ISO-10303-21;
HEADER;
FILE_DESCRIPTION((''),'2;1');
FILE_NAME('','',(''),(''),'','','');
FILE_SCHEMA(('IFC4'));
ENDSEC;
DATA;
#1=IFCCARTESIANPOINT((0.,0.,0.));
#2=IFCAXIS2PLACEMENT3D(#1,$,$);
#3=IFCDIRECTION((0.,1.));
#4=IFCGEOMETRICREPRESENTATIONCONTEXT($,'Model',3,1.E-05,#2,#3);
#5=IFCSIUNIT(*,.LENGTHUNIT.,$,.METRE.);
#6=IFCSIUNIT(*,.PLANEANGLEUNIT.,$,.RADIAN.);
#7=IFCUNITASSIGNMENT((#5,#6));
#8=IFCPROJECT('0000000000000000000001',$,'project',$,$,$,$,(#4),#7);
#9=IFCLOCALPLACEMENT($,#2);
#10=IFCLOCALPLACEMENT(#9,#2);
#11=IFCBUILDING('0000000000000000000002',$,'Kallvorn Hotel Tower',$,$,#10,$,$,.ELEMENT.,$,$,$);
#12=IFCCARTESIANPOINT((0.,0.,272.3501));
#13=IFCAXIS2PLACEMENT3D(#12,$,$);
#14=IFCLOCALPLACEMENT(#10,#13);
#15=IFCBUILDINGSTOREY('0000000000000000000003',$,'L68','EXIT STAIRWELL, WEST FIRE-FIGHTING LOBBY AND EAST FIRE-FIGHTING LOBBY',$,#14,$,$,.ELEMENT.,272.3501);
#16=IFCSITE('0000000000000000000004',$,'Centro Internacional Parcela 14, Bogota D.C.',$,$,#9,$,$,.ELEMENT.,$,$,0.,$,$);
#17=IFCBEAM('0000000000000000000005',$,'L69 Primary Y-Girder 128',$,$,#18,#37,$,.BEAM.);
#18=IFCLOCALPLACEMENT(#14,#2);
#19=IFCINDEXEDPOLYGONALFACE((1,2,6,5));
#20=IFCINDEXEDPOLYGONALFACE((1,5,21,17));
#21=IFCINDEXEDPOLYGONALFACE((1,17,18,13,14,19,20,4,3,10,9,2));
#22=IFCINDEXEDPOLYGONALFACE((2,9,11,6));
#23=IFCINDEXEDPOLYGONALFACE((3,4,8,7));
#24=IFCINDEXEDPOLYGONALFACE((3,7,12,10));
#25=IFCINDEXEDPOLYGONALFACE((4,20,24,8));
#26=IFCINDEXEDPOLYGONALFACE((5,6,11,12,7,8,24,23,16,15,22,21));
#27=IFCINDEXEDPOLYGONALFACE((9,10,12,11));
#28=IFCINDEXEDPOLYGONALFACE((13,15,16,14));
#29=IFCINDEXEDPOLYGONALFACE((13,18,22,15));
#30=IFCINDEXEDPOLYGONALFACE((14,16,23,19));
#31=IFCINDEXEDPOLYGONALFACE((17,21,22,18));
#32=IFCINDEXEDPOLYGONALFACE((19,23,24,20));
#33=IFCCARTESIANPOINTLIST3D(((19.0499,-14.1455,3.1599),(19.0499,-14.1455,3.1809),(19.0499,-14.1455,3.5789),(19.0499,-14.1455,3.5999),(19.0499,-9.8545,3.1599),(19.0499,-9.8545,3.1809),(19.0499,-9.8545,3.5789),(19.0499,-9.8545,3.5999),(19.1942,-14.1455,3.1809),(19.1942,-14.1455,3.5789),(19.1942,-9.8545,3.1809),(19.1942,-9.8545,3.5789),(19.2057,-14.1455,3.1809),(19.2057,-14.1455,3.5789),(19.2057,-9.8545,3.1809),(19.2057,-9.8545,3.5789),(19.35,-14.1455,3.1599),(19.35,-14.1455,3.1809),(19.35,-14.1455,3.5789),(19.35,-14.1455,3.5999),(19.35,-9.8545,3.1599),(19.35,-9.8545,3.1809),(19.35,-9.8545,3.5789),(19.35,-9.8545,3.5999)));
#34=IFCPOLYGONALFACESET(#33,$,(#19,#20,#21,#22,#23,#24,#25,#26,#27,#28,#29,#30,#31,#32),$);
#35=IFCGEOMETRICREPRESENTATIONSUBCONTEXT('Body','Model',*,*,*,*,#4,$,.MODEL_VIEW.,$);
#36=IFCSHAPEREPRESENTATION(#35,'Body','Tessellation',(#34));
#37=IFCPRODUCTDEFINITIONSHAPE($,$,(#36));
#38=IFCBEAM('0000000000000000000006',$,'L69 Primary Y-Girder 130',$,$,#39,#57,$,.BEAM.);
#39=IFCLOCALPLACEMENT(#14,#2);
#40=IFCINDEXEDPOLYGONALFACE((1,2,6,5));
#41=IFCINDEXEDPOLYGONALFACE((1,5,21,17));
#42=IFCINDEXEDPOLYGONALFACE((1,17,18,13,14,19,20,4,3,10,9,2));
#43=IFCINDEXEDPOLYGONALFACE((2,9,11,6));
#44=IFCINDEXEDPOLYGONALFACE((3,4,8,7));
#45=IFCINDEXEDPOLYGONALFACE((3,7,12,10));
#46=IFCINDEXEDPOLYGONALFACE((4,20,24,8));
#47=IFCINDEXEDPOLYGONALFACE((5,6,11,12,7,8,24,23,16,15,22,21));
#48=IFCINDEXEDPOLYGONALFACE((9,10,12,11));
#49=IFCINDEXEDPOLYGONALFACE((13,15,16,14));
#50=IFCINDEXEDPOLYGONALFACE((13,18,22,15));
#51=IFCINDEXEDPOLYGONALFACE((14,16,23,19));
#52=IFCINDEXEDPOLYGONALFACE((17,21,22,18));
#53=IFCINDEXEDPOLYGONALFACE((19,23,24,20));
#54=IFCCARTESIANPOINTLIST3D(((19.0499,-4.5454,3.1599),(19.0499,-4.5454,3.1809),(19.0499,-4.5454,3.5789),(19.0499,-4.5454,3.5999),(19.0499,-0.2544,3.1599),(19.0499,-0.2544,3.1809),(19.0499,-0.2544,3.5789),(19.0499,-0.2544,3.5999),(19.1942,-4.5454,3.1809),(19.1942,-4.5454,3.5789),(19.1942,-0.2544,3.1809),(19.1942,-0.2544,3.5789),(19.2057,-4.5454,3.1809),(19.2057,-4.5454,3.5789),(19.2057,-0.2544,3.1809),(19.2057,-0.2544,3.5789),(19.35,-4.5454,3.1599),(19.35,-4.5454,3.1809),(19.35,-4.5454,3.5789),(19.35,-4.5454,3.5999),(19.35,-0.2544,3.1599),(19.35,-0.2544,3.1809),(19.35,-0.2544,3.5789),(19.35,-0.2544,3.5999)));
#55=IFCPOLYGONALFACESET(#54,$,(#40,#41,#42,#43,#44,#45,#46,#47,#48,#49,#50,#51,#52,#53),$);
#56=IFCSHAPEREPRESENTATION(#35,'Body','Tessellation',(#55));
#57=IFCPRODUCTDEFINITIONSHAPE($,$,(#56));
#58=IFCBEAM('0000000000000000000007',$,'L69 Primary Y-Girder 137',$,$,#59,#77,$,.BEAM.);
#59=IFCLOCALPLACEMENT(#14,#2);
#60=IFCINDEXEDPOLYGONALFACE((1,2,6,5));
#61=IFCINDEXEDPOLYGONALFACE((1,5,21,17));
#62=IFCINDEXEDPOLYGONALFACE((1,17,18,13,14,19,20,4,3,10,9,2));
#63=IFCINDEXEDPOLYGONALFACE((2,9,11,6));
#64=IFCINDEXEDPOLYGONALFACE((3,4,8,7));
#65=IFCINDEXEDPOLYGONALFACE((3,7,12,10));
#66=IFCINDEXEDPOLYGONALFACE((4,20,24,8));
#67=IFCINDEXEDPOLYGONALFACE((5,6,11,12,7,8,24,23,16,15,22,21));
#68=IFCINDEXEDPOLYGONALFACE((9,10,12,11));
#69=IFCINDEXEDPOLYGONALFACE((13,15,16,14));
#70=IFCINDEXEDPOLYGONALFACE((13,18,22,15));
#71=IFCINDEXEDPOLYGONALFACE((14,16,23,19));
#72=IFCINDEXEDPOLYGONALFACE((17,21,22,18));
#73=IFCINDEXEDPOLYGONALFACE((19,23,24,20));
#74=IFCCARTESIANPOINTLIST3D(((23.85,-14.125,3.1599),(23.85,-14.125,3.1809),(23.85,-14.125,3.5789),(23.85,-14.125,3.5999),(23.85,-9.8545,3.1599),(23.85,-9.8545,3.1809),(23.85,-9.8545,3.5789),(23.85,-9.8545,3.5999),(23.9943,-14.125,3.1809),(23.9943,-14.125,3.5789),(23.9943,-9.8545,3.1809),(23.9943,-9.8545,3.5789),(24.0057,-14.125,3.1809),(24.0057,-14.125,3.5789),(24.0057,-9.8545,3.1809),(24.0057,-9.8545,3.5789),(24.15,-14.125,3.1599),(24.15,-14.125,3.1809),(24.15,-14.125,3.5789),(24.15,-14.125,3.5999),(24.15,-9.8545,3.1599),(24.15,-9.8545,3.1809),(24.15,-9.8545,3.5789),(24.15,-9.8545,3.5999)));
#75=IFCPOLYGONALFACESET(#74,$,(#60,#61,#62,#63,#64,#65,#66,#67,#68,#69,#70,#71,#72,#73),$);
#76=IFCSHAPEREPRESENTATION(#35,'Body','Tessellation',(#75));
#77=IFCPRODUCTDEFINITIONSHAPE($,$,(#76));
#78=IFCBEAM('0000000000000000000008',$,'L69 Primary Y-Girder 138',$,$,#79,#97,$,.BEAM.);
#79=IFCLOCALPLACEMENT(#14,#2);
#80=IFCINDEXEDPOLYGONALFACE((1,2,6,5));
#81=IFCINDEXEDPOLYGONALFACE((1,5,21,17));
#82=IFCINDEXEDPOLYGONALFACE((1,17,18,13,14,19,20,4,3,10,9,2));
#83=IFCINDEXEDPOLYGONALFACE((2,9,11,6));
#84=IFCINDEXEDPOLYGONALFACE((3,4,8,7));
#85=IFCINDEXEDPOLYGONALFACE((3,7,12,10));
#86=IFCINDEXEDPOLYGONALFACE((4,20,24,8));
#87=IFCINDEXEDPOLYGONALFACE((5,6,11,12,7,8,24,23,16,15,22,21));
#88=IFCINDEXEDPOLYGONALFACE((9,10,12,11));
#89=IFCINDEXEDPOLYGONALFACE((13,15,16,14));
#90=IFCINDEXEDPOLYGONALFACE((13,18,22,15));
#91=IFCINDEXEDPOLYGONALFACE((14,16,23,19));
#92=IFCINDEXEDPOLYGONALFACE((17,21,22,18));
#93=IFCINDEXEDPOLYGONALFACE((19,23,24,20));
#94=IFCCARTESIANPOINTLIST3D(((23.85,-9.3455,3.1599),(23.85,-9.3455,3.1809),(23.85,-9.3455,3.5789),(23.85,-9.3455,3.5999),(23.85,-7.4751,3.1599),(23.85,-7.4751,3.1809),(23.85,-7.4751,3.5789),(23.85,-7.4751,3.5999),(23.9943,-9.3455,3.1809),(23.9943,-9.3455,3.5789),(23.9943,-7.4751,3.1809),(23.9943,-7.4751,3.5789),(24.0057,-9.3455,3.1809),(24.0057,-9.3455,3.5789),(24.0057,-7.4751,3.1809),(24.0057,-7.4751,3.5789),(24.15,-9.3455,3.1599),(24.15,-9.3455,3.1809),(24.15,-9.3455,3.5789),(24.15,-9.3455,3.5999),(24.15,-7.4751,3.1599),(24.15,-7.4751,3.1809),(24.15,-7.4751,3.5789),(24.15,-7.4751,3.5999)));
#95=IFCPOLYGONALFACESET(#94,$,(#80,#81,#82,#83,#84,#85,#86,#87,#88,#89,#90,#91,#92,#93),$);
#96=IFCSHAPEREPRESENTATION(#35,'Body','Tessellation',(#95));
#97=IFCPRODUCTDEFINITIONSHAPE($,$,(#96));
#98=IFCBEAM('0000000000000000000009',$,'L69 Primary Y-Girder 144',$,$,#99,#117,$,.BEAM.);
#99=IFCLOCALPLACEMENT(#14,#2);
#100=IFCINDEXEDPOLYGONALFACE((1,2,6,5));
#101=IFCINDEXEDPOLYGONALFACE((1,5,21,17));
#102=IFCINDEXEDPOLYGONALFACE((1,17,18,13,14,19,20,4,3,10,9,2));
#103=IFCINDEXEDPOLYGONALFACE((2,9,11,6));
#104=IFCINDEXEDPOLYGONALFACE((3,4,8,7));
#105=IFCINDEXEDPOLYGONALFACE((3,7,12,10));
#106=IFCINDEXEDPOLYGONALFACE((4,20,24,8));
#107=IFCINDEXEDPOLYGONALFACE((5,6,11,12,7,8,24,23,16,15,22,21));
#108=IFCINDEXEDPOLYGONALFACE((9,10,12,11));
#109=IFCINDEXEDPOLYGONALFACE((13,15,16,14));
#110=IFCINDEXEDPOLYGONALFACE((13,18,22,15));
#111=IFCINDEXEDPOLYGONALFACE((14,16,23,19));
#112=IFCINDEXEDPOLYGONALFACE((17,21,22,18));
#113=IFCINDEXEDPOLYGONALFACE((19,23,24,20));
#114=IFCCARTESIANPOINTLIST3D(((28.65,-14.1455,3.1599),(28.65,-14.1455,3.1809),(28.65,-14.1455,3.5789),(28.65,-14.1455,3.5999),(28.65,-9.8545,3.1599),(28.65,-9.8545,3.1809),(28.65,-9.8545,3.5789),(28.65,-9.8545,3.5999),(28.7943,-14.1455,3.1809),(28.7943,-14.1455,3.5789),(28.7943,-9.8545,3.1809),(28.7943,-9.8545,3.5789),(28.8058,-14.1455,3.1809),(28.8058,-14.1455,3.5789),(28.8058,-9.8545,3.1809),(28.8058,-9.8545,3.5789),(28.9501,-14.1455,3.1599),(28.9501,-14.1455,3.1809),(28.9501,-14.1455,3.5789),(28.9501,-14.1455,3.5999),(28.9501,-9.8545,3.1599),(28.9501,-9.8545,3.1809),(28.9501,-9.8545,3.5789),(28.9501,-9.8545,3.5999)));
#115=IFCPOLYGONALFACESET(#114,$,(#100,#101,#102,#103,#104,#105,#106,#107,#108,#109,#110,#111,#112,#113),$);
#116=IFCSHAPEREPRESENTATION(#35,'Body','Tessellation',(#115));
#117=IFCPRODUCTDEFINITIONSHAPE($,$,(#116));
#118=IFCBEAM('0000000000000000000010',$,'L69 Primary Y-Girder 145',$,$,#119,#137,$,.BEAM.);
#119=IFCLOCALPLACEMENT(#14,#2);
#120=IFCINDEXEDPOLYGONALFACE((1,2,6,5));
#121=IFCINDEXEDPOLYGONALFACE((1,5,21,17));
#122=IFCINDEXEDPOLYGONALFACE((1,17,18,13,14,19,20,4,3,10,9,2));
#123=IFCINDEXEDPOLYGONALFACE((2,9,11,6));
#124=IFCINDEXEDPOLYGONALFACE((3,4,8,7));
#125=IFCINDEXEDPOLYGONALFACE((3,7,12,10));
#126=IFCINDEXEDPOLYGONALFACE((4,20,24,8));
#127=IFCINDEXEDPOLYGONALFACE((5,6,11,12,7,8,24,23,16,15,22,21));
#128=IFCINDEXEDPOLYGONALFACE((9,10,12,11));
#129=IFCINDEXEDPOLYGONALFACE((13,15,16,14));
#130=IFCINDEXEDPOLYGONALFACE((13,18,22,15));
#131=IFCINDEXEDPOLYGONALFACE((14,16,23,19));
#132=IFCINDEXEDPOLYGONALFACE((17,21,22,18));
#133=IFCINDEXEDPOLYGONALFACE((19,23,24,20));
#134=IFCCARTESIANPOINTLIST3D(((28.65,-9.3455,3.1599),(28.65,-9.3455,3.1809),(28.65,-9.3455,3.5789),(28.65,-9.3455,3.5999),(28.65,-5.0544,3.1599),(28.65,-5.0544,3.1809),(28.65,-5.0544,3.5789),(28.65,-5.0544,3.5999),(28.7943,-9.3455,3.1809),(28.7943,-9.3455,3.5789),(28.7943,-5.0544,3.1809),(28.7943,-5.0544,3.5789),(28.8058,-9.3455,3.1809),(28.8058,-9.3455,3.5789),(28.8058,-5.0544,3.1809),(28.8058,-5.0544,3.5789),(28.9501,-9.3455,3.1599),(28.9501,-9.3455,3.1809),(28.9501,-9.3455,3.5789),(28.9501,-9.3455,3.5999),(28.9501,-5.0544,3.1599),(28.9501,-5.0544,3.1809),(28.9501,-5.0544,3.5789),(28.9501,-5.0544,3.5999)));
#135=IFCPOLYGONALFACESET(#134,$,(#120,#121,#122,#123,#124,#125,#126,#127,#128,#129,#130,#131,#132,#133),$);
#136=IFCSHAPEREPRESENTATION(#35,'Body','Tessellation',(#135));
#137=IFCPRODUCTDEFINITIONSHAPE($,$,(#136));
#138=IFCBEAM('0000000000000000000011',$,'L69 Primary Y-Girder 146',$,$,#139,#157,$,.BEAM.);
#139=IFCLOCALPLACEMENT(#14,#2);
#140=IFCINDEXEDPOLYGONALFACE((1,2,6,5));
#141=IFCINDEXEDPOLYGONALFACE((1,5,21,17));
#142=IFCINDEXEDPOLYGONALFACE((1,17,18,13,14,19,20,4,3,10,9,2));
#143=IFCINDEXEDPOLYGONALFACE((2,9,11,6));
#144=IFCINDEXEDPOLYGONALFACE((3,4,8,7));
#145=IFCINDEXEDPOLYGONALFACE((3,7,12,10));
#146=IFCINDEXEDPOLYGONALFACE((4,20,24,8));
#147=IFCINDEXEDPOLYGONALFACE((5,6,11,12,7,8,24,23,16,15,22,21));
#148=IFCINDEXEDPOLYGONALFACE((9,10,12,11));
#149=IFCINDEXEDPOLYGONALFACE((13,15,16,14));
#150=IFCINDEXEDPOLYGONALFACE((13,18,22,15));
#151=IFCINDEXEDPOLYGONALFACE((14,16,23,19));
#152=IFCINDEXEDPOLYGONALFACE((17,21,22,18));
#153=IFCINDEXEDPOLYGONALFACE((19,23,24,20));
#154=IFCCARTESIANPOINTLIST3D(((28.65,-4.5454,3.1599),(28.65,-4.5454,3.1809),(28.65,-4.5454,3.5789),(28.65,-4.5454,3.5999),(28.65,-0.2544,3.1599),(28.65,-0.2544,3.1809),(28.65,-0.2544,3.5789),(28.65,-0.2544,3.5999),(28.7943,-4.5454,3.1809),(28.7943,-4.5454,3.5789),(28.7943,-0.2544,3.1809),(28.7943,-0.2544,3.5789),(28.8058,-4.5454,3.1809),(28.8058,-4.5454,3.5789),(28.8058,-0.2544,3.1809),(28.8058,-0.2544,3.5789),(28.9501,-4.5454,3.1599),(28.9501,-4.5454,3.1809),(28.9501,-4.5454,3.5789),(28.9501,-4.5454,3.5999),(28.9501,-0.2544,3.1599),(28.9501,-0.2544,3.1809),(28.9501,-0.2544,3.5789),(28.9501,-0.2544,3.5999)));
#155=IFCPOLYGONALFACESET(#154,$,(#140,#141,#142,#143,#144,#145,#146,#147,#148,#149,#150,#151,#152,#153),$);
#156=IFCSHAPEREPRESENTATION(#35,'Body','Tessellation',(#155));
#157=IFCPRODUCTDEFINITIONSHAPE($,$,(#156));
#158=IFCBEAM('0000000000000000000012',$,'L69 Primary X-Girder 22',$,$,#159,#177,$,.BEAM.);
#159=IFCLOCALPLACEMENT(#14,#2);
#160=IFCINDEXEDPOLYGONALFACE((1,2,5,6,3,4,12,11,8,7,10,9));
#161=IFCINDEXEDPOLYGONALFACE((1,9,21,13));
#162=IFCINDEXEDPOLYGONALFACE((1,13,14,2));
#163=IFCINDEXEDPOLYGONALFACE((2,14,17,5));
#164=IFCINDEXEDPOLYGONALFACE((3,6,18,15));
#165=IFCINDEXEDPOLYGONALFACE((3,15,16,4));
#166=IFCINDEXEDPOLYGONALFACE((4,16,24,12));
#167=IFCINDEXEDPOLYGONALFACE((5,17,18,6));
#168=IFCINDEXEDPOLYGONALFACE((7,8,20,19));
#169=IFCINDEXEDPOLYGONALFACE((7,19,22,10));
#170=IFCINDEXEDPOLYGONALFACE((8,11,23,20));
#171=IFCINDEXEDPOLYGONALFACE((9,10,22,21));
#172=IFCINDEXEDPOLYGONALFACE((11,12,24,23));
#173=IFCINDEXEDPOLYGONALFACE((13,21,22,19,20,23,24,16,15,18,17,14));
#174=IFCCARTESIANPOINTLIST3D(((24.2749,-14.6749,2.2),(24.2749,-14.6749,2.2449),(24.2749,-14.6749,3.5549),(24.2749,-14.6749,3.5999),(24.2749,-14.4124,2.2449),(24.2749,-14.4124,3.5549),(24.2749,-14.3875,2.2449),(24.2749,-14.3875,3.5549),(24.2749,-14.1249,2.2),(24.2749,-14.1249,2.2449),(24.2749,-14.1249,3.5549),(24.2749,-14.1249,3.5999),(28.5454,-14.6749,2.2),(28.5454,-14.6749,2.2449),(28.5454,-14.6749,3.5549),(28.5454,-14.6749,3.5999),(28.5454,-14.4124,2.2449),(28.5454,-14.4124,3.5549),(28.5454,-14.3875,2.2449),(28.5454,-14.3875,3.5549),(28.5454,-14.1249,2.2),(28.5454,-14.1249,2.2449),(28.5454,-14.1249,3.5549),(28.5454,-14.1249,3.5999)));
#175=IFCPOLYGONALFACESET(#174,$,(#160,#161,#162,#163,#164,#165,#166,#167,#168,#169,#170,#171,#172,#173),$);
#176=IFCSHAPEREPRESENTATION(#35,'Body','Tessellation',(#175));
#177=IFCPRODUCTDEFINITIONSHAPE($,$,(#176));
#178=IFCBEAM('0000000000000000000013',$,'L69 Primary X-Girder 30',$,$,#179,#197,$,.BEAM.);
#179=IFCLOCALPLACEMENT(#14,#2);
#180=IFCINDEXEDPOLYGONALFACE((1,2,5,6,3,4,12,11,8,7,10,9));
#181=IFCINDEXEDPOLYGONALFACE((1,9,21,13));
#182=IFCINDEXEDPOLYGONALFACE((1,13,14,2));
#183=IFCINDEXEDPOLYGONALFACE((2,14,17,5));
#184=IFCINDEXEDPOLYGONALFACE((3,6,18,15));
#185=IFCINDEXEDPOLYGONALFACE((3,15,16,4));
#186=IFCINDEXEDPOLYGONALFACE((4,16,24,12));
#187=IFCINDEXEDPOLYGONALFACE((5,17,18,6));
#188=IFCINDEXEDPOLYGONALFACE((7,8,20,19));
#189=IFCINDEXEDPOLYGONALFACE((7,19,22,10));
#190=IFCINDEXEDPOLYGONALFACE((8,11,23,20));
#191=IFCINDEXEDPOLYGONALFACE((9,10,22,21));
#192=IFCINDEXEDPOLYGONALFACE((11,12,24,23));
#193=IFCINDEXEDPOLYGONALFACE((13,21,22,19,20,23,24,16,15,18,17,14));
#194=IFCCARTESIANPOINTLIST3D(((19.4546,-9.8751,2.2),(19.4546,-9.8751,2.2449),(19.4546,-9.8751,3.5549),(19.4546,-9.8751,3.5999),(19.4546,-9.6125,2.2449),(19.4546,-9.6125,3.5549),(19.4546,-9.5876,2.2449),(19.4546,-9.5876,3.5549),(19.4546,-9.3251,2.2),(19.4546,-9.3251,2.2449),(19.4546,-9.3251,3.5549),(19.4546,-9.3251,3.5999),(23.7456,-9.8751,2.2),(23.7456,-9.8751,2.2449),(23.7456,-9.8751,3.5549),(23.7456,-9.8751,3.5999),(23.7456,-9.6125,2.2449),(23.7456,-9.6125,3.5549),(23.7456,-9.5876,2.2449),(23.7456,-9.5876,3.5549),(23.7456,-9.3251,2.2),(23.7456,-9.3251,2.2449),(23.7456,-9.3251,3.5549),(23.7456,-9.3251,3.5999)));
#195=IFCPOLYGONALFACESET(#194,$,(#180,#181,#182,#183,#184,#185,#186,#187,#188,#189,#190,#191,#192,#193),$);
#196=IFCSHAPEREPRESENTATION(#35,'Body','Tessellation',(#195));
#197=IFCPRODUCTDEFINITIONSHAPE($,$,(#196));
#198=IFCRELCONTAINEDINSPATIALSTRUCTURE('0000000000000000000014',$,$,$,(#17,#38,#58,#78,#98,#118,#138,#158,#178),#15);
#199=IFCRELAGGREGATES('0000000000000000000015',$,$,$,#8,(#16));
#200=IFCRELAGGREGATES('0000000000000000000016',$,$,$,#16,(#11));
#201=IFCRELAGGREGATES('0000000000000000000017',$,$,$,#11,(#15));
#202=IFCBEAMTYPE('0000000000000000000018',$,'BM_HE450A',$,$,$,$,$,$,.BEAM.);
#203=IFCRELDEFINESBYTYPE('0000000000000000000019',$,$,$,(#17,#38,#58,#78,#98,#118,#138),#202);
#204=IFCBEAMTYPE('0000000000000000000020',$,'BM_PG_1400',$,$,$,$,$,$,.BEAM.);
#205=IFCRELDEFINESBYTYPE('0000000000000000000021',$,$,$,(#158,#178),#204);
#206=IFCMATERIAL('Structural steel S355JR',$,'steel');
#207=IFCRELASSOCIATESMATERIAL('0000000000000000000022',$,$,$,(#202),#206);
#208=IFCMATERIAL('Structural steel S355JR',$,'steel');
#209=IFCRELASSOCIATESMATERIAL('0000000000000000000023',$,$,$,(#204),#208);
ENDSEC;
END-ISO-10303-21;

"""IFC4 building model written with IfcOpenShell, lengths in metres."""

from ifc_helpers import new_model, si_unit, direction, frame, origin, origin_2d, place, context, subcontext, project, spatial, i_section, extrude, material, material_profile, profile_set, type_object, element, save


model = new_model("IFC4")

# Units and contexts
model_context = context("Model", 3, precision=1e-05, world=origin(), true_north=direction((0.0, 1.0)))
body_context = subcontext(model_context, "Body", "Model", "MODEL_VIEW")
ifc_project = project(units=[si_unit("LENGTHUNIT", "METRE"), si_unit("PLANEANGLEUNIT", "RADIAN")], contexts=[model_context])

# Site, building, storey
site_placement = place(None, origin())
site = spatial("IfcSite", under=ifc_project, at=site_placement, Name="Centro Internacional Parcela 14, Bogota D.C.", CompositionType="ELEMENT", RefElevation=0.0)
building_placement = place(site_placement, origin())
building = spatial("IfcBuilding", under=site, at=building_placement, Name="Kallvorn Hotel Tower", CompositionType="ELEMENT")
storey_placement = place(building_placement, frame((0.0, 0.0, 272.3501)))
storey = spatial("IfcBuildingStorey", under=building, at=storey_placement, Name="L68", Description="EXIT STAIRWELL, WEST FIRE-FIGHTING LOBBY AND EAST FIRE-FIGHTING LOBBY", CompositionType="ELEMENT", Elevation=272.3501)

# Beams
ifc_material_1 = material(Name="Structural steel S355JR", Category="steel")
ifc_material_profile_1 = material_profile(ifc_material_1, i_section(OverallWidth=0.3, OverallDepth=0.4399, WebThickness=0.0115, FlangeThickness=0.021, at=origin_2d()), Name="HE 450 A")
ifc_profile_set_1 = profile_set([ifc_material_profile_1], Name="Structural steel S355JR")
beam_type_1 = type_object("IfcBeamType", Name="BM_HE450A", PredefinedType="BEAM", material=ifc_profile_set_1)
for number, where, z_axis, x_axis, name in (
    (1, (19.2, -14.1455, 3.3799), (0.0, 1.0, 0.0), (-1.0, 0.0, 0.0), "L69 Primary Y-Girder 128"),
    (2, (19.2, -4.5454, 3.3799), (0.0, 1.0, 0.0), (-1.0, 0.0, 0.0), "L69 Primary Y-Girder 130"),
):
    element("IfcBeam", number, at=place(storey_placement, frame(where, z_axis=z_axis, x_axis=x_axis)), inside=storey, type_object=beam_type_1, Name=name, PredefinedType="BEAM", context=body_context, shape_type="SweptSolid", body=[
        extrude(i_section(OverallWidth=0.3, OverallDepth=0.4399, WebThickness=0.0115, FlangeThickness=0.021, at=origin_2d()), origin(), (0.0, 0.0, 1.0), 4.291),
    ])
beam_1_placement = place(storey_placement, frame((24.0, -14.125, 3.3799), z_axis=(0.0, 1.0, 0.0), x_axis=(-1.0, 0.0, 0.0)))
element("IfcBeam", 3, at=beam_1_placement, inside=storey, type_object=beam_type_1, Name="L69 Primary Y-Girder 137", PredefinedType="BEAM", context=body_context, shape_type="SweptSolid", body=[
    extrude(i_section(OverallWidth=0.3, OverallDepth=0.4399, WebThickness=0.0115, FlangeThickness=0.021, at=origin_2d()), origin(), (0.0, 0.0, 1.0), 4.2705),
])
beam_2_placement = place(storey_placement, frame((24.0, -9.3455, 3.3799), z_axis=(0.0, 1.0, 0.0), x_axis=(-1.0, 0.0, 0.0)))
element("IfcBeam", 4, at=beam_2_placement, inside=storey, type_object=beam_type_1, Name="L69 Primary Y-Girder 138", PredefinedType="BEAM", context=body_context, shape_type="SweptSolid", body=[
    extrude(i_section(OverallWidth=0.3, OverallDepth=0.4399, WebThickness=0.0115, FlangeThickness=0.021, at=origin_2d()), origin(), (0.0, 0.0, 1.0), 1.8704),
])
for number, where, z_axis, x_axis, name in (
    (5, (28.8, -14.1455, 3.3799), (0.0, 1.0, 0.0), (-1.0, 0.0, 0.0), "L69 Primary Y-Girder 144"),
    (6, (28.8, -9.3455, 3.3799), (0.0, 1.0, 0.0), (-1.0, 0.0, 0.0), "L69 Primary Y-Girder 145"),
    (7, (28.8, -4.5454, 3.3799), (0.0, 1.0, 0.0), (-1.0, 0.0, 0.0), "L69 Primary Y-Girder 146"),
):
    element("IfcBeam", number, at=place(storey_placement, frame(where, z_axis=z_axis, x_axis=x_axis)), inside=storey, type_object=beam_type_1, Name=name, PredefinedType="BEAM", context=body_context, shape_type="SweptSolid", body=[
        extrude(i_section(OverallWidth=0.3, OverallDepth=0.4399, WebThickness=0.0115, FlangeThickness=0.021, at=origin_2d()), origin(), (0.0, 0.0, 1.0), 4.291),
    ])
ifc_material_2 = material(Name="Structural steel S355JR", Category="steel")
ifc_material_profile_2 = material_profile(ifc_material_2, i_section(OverallWidth=0.55, OverallDepth=1.3999, WebThickness=0.0249, FlangeThickness=0.0449, at=origin_2d()), Name="PG 1400x550x25x45")
ifc_profile_set_2 = profile_set([ifc_material_profile_2], Name="Structural steel S355JR")
beam_type_2 = type_object("IfcBeamType", Name="BM_PG_1400", PredefinedType="BEAM", material=ifc_profile_set_2)
beam_3_placement = place(storey_placement, frame((24.2749, -14.3999, 2.8999), z_axis=(1.0, 0.0, 0.0), x_axis=(0.0, 1.0, 0.0)))
element("IfcBeam", 8, at=beam_3_placement, inside=storey, type_object=beam_type_2, Name="L69 Primary X-Girder 22", PredefinedType="BEAM", context=body_context, shape_type="SweptSolid", body=[
    extrude(i_section(OverallWidth=0.55, OverallDepth=1.3999, WebThickness=0.0249, FlangeThickness=0.0449, at=origin_2d()), origin(), (0.0, 0.0, 1.0), 4.2705),
])
for number, where, z_axis, x_axis, name in (
    (9, (19.4546, -9.6001, 2.8999), (1.0, 0.0, 0.0), (0.0, 1.0, 0.0), "L69 Primary X-Girder 30"),
):
    element("IfcBeam", number, at=place(storey_placement, frame(where, z_axis=z_axis, x_axis=x_axis)), inside=storey, type_object=beam_type_2, Name=name, PredefinedType="BEAM", context=body_context, shape_type="SweptSolid", body=[
        extrude(i_section(OverallWidth=0.55, OverallDepth=1.3999, WebThickness=0.0249, FlangeThickness=0.0449, at=origin_2d()), origin(), (0.0, 0.0, 1.0), 4.291),
    ])

save(model, "model.ifc")
